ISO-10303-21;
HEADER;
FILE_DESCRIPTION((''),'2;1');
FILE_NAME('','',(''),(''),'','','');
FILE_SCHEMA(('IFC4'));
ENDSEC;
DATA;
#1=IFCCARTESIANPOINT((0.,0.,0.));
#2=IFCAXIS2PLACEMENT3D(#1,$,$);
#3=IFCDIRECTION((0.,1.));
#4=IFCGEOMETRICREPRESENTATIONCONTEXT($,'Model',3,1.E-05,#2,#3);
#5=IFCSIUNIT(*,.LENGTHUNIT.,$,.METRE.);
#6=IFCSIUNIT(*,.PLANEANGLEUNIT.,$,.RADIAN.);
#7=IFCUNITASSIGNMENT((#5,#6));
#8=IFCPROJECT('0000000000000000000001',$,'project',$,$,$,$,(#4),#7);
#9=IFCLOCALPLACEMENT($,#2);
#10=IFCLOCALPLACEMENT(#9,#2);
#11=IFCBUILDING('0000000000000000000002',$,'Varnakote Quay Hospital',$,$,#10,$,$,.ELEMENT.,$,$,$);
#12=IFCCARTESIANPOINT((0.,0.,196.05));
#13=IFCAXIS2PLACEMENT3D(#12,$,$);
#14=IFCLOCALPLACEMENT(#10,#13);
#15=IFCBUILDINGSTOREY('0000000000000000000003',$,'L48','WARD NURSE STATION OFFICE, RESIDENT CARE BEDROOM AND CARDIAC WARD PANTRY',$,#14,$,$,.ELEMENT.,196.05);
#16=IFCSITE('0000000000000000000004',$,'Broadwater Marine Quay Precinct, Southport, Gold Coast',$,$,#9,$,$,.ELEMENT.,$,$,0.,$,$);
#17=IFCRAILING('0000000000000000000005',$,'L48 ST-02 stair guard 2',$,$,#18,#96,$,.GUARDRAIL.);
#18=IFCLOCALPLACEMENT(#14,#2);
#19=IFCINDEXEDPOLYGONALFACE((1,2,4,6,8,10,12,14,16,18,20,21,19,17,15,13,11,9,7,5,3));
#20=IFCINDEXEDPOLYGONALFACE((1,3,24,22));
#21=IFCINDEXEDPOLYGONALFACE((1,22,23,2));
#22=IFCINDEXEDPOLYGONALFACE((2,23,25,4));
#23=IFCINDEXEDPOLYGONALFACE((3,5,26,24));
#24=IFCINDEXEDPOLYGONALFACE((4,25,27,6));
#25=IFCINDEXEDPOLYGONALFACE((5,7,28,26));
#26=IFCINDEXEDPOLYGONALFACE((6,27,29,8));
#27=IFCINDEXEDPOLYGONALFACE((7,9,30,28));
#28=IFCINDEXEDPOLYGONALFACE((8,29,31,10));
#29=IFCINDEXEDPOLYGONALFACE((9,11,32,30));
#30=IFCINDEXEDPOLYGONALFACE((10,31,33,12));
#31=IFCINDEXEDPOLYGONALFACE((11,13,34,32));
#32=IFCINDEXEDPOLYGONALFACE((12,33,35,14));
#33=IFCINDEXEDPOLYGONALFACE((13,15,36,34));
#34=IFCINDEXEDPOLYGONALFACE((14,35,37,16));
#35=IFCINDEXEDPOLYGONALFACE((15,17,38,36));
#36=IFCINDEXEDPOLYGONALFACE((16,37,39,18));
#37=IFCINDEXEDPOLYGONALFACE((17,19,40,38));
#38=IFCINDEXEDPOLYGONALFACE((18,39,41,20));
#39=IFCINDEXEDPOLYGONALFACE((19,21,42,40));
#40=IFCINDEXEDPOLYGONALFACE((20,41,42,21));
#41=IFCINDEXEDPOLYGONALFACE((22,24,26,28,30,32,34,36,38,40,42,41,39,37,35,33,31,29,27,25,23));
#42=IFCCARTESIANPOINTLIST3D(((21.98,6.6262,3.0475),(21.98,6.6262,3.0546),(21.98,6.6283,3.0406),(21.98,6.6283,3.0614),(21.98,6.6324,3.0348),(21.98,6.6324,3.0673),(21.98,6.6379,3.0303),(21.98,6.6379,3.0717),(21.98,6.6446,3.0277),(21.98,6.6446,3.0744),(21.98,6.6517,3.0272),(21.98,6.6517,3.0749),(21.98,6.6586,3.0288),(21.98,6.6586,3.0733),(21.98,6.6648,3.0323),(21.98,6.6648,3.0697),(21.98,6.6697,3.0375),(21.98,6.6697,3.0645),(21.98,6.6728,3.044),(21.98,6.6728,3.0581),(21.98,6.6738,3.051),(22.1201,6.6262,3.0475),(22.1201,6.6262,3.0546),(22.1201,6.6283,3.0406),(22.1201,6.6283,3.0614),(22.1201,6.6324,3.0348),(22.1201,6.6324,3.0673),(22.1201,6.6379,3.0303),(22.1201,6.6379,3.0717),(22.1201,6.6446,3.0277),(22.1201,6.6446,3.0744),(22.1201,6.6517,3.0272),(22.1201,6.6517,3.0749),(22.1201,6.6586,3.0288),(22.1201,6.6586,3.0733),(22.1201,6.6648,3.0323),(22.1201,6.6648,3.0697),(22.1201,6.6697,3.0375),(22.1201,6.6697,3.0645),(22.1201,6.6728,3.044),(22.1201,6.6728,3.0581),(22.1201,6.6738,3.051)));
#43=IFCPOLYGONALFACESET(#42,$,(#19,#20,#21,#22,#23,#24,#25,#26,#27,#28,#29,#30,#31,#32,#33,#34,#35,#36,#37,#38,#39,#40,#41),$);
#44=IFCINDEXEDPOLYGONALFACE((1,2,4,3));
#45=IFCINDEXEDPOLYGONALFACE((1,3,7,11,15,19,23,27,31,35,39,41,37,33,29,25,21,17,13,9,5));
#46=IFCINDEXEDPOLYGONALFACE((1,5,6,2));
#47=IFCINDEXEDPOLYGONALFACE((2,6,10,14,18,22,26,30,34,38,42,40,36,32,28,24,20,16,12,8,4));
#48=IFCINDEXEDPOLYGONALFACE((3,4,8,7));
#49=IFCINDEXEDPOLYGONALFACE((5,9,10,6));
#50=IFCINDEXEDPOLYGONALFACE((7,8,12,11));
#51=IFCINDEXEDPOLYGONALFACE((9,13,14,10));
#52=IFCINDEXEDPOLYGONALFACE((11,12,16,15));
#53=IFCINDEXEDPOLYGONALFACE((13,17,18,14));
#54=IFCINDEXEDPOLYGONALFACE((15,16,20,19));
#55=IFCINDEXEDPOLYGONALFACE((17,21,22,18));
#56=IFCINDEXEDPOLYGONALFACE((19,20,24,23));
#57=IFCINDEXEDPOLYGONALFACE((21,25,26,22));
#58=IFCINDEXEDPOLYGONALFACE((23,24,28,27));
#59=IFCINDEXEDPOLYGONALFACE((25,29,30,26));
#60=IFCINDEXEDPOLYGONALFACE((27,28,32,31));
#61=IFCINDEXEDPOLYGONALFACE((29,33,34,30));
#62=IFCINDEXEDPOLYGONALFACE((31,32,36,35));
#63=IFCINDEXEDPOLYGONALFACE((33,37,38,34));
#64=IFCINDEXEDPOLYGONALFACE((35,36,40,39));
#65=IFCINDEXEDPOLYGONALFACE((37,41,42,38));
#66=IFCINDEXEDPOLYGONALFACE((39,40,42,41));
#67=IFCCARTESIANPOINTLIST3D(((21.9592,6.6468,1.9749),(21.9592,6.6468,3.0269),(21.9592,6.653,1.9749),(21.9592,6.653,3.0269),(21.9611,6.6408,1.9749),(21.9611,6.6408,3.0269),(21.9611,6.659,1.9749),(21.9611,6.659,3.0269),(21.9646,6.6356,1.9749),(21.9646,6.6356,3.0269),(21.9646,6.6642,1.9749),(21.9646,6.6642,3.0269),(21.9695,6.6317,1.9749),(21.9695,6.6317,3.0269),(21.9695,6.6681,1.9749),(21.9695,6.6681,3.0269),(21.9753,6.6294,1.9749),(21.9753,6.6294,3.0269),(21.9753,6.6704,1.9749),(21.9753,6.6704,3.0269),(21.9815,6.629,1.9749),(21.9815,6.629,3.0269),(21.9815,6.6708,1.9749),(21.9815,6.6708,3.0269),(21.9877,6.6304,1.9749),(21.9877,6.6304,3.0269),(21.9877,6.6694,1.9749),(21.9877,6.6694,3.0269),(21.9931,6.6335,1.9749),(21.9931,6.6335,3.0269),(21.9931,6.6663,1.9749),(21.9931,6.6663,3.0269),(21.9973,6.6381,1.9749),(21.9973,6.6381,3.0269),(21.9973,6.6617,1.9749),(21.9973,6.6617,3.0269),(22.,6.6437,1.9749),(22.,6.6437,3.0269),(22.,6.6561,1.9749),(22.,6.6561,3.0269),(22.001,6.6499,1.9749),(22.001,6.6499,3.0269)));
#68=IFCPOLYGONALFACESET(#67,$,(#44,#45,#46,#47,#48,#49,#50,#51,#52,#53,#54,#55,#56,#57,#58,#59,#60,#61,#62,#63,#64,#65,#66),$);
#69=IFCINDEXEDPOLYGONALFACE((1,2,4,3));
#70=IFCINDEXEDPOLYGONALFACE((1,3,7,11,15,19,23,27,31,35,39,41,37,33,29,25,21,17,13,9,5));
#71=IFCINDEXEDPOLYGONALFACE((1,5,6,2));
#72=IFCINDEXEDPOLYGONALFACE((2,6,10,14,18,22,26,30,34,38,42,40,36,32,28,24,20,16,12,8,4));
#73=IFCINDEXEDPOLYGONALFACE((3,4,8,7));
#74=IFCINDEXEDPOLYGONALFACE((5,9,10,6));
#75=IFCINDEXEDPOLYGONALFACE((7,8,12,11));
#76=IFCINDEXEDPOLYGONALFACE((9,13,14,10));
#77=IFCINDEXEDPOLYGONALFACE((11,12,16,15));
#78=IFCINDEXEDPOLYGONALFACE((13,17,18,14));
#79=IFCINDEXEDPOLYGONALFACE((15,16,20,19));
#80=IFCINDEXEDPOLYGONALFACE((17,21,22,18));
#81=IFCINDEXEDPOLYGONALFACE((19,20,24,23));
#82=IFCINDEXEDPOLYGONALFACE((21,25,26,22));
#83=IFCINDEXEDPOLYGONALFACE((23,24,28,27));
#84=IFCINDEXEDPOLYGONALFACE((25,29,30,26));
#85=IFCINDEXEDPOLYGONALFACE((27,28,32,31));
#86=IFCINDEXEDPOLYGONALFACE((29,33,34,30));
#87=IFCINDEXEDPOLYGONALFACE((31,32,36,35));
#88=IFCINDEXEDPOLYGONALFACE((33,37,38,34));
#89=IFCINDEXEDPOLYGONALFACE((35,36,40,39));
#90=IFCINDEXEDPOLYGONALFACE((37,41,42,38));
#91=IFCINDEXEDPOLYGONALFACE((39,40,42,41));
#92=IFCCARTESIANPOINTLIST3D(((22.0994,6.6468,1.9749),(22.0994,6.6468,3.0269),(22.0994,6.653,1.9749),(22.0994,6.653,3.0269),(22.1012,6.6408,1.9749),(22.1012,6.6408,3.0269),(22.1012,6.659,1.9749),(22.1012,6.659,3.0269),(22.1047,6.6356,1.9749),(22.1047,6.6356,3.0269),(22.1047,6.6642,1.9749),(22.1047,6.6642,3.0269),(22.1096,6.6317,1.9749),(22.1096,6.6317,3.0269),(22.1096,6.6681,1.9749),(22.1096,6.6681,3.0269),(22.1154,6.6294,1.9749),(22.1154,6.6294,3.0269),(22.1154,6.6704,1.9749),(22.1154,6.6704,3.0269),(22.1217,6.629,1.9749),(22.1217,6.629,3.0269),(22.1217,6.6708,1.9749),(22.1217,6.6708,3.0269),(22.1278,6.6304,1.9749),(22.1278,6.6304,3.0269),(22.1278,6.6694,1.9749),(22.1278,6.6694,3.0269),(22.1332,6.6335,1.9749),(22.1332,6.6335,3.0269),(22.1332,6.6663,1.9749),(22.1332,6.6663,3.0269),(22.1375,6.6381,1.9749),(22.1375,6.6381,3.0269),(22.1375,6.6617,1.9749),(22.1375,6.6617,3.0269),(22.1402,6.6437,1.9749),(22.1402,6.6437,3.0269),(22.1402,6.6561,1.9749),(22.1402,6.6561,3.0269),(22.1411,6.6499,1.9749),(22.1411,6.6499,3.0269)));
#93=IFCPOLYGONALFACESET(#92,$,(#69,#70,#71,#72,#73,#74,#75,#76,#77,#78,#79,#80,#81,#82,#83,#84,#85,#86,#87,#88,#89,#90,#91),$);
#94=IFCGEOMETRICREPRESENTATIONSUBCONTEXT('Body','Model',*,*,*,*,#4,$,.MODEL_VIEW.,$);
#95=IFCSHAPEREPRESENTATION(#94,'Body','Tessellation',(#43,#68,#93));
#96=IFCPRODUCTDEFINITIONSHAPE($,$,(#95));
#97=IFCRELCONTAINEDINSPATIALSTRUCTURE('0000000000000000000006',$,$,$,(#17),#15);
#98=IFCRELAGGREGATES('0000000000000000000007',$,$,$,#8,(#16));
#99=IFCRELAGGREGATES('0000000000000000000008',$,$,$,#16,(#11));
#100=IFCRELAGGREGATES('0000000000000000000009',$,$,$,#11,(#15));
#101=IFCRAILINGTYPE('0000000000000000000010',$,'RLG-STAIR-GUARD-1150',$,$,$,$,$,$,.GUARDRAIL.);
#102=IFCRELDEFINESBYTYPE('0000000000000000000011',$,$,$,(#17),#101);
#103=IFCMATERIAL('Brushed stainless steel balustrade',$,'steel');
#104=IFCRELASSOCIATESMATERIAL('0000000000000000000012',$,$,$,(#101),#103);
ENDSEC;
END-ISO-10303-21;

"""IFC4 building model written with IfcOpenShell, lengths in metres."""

from ifc_helpers import new_model, si_unit, direction, frame, origin, origin_2d, place, context, subcontext, project, spatial, circle, extrude, material, type_object, element, save


model = new_model("IFC4")

# Units and contexts
model_context = context("Model", 3, precision=1e-05, world=origin(), true_north=direction((0.0, 1.0)))
body_context = subcontext(model_context, "Body", "Model", "MODEL_VIEW")
ifc_project = project(units=[si_unit("LENGTHUNIT", "METRE"), si_unit("PLANEANGLEUNIT", "RADIAN")], contexts=[model_context])

# Site, building, storey
site_placement = place(None, origin())
site = spatial("IfcSite", under=ifc_project, at=site_placement, Name="Broadwater Marine Quay Precinct, Southport, Gold Coast", CompositionType="ELEMENT", RefElevation=0.0)
building_placement = place(site_placement, origin())
building = spatial("IfcBuilding", under=site, at=building_placement, Name="Varnakote Quay Hospital", CompositionType="ELEMENT")
storey_placement = place(building_placement, frame((0.0, 0.0, 196.05)))
storey = spatial("IfcBuildingStorey", under=building, at=storey_placement, Name="L48", Description="WARD NURSE STATION OFFICE, RESIDENT CARE BEDROOM AND CARDIAC WARD PANTRY", CompositionType="ELEMENT", Elevation=196.05)

# Railing
ifc_material_1 = material(Name="Brushed stainless steel balustrade", Category="steel")
railing_type_1 = type_object("IfcRailingType", Name="RLG-STAIR-GUARD-1150", PredefinedType="GUARDRAIL", material=ifc_material_1)
railing_1_placement = place(storey_placement, frame((21.98, 6.6499, 1.9749)))
element("IfcRailing", 1, at=railing_1_placement, inside=storey, type_object=railing_type_1, Name="L48 ST-02 stair guard 2", PredefinedType="GUARDRAIL", context=body_context, shape_type="SweptSolid", body=[
    extrude(circle(Radius=0.0239, at=origin_2d()), frame((0.0, 0.0, 1.0762), z_axis=(1.0, 0.0, 0.0), x_axis=(0.0, 1.0, 0.0)), (0.0, 0.0, 1.0), 0.1401),
    extrude(circle(Radius=0.021, at=origin_2d()), origin(), (0.0, 0.0, 1.0), 1.052),
    extrude(circle(Radius=0.021, at=origin_2d()), frame((0.1401, 0.0, 0.0)), (0.0, 0.0, 1.0), 1.052),
])

save(model, "model.ifc")
